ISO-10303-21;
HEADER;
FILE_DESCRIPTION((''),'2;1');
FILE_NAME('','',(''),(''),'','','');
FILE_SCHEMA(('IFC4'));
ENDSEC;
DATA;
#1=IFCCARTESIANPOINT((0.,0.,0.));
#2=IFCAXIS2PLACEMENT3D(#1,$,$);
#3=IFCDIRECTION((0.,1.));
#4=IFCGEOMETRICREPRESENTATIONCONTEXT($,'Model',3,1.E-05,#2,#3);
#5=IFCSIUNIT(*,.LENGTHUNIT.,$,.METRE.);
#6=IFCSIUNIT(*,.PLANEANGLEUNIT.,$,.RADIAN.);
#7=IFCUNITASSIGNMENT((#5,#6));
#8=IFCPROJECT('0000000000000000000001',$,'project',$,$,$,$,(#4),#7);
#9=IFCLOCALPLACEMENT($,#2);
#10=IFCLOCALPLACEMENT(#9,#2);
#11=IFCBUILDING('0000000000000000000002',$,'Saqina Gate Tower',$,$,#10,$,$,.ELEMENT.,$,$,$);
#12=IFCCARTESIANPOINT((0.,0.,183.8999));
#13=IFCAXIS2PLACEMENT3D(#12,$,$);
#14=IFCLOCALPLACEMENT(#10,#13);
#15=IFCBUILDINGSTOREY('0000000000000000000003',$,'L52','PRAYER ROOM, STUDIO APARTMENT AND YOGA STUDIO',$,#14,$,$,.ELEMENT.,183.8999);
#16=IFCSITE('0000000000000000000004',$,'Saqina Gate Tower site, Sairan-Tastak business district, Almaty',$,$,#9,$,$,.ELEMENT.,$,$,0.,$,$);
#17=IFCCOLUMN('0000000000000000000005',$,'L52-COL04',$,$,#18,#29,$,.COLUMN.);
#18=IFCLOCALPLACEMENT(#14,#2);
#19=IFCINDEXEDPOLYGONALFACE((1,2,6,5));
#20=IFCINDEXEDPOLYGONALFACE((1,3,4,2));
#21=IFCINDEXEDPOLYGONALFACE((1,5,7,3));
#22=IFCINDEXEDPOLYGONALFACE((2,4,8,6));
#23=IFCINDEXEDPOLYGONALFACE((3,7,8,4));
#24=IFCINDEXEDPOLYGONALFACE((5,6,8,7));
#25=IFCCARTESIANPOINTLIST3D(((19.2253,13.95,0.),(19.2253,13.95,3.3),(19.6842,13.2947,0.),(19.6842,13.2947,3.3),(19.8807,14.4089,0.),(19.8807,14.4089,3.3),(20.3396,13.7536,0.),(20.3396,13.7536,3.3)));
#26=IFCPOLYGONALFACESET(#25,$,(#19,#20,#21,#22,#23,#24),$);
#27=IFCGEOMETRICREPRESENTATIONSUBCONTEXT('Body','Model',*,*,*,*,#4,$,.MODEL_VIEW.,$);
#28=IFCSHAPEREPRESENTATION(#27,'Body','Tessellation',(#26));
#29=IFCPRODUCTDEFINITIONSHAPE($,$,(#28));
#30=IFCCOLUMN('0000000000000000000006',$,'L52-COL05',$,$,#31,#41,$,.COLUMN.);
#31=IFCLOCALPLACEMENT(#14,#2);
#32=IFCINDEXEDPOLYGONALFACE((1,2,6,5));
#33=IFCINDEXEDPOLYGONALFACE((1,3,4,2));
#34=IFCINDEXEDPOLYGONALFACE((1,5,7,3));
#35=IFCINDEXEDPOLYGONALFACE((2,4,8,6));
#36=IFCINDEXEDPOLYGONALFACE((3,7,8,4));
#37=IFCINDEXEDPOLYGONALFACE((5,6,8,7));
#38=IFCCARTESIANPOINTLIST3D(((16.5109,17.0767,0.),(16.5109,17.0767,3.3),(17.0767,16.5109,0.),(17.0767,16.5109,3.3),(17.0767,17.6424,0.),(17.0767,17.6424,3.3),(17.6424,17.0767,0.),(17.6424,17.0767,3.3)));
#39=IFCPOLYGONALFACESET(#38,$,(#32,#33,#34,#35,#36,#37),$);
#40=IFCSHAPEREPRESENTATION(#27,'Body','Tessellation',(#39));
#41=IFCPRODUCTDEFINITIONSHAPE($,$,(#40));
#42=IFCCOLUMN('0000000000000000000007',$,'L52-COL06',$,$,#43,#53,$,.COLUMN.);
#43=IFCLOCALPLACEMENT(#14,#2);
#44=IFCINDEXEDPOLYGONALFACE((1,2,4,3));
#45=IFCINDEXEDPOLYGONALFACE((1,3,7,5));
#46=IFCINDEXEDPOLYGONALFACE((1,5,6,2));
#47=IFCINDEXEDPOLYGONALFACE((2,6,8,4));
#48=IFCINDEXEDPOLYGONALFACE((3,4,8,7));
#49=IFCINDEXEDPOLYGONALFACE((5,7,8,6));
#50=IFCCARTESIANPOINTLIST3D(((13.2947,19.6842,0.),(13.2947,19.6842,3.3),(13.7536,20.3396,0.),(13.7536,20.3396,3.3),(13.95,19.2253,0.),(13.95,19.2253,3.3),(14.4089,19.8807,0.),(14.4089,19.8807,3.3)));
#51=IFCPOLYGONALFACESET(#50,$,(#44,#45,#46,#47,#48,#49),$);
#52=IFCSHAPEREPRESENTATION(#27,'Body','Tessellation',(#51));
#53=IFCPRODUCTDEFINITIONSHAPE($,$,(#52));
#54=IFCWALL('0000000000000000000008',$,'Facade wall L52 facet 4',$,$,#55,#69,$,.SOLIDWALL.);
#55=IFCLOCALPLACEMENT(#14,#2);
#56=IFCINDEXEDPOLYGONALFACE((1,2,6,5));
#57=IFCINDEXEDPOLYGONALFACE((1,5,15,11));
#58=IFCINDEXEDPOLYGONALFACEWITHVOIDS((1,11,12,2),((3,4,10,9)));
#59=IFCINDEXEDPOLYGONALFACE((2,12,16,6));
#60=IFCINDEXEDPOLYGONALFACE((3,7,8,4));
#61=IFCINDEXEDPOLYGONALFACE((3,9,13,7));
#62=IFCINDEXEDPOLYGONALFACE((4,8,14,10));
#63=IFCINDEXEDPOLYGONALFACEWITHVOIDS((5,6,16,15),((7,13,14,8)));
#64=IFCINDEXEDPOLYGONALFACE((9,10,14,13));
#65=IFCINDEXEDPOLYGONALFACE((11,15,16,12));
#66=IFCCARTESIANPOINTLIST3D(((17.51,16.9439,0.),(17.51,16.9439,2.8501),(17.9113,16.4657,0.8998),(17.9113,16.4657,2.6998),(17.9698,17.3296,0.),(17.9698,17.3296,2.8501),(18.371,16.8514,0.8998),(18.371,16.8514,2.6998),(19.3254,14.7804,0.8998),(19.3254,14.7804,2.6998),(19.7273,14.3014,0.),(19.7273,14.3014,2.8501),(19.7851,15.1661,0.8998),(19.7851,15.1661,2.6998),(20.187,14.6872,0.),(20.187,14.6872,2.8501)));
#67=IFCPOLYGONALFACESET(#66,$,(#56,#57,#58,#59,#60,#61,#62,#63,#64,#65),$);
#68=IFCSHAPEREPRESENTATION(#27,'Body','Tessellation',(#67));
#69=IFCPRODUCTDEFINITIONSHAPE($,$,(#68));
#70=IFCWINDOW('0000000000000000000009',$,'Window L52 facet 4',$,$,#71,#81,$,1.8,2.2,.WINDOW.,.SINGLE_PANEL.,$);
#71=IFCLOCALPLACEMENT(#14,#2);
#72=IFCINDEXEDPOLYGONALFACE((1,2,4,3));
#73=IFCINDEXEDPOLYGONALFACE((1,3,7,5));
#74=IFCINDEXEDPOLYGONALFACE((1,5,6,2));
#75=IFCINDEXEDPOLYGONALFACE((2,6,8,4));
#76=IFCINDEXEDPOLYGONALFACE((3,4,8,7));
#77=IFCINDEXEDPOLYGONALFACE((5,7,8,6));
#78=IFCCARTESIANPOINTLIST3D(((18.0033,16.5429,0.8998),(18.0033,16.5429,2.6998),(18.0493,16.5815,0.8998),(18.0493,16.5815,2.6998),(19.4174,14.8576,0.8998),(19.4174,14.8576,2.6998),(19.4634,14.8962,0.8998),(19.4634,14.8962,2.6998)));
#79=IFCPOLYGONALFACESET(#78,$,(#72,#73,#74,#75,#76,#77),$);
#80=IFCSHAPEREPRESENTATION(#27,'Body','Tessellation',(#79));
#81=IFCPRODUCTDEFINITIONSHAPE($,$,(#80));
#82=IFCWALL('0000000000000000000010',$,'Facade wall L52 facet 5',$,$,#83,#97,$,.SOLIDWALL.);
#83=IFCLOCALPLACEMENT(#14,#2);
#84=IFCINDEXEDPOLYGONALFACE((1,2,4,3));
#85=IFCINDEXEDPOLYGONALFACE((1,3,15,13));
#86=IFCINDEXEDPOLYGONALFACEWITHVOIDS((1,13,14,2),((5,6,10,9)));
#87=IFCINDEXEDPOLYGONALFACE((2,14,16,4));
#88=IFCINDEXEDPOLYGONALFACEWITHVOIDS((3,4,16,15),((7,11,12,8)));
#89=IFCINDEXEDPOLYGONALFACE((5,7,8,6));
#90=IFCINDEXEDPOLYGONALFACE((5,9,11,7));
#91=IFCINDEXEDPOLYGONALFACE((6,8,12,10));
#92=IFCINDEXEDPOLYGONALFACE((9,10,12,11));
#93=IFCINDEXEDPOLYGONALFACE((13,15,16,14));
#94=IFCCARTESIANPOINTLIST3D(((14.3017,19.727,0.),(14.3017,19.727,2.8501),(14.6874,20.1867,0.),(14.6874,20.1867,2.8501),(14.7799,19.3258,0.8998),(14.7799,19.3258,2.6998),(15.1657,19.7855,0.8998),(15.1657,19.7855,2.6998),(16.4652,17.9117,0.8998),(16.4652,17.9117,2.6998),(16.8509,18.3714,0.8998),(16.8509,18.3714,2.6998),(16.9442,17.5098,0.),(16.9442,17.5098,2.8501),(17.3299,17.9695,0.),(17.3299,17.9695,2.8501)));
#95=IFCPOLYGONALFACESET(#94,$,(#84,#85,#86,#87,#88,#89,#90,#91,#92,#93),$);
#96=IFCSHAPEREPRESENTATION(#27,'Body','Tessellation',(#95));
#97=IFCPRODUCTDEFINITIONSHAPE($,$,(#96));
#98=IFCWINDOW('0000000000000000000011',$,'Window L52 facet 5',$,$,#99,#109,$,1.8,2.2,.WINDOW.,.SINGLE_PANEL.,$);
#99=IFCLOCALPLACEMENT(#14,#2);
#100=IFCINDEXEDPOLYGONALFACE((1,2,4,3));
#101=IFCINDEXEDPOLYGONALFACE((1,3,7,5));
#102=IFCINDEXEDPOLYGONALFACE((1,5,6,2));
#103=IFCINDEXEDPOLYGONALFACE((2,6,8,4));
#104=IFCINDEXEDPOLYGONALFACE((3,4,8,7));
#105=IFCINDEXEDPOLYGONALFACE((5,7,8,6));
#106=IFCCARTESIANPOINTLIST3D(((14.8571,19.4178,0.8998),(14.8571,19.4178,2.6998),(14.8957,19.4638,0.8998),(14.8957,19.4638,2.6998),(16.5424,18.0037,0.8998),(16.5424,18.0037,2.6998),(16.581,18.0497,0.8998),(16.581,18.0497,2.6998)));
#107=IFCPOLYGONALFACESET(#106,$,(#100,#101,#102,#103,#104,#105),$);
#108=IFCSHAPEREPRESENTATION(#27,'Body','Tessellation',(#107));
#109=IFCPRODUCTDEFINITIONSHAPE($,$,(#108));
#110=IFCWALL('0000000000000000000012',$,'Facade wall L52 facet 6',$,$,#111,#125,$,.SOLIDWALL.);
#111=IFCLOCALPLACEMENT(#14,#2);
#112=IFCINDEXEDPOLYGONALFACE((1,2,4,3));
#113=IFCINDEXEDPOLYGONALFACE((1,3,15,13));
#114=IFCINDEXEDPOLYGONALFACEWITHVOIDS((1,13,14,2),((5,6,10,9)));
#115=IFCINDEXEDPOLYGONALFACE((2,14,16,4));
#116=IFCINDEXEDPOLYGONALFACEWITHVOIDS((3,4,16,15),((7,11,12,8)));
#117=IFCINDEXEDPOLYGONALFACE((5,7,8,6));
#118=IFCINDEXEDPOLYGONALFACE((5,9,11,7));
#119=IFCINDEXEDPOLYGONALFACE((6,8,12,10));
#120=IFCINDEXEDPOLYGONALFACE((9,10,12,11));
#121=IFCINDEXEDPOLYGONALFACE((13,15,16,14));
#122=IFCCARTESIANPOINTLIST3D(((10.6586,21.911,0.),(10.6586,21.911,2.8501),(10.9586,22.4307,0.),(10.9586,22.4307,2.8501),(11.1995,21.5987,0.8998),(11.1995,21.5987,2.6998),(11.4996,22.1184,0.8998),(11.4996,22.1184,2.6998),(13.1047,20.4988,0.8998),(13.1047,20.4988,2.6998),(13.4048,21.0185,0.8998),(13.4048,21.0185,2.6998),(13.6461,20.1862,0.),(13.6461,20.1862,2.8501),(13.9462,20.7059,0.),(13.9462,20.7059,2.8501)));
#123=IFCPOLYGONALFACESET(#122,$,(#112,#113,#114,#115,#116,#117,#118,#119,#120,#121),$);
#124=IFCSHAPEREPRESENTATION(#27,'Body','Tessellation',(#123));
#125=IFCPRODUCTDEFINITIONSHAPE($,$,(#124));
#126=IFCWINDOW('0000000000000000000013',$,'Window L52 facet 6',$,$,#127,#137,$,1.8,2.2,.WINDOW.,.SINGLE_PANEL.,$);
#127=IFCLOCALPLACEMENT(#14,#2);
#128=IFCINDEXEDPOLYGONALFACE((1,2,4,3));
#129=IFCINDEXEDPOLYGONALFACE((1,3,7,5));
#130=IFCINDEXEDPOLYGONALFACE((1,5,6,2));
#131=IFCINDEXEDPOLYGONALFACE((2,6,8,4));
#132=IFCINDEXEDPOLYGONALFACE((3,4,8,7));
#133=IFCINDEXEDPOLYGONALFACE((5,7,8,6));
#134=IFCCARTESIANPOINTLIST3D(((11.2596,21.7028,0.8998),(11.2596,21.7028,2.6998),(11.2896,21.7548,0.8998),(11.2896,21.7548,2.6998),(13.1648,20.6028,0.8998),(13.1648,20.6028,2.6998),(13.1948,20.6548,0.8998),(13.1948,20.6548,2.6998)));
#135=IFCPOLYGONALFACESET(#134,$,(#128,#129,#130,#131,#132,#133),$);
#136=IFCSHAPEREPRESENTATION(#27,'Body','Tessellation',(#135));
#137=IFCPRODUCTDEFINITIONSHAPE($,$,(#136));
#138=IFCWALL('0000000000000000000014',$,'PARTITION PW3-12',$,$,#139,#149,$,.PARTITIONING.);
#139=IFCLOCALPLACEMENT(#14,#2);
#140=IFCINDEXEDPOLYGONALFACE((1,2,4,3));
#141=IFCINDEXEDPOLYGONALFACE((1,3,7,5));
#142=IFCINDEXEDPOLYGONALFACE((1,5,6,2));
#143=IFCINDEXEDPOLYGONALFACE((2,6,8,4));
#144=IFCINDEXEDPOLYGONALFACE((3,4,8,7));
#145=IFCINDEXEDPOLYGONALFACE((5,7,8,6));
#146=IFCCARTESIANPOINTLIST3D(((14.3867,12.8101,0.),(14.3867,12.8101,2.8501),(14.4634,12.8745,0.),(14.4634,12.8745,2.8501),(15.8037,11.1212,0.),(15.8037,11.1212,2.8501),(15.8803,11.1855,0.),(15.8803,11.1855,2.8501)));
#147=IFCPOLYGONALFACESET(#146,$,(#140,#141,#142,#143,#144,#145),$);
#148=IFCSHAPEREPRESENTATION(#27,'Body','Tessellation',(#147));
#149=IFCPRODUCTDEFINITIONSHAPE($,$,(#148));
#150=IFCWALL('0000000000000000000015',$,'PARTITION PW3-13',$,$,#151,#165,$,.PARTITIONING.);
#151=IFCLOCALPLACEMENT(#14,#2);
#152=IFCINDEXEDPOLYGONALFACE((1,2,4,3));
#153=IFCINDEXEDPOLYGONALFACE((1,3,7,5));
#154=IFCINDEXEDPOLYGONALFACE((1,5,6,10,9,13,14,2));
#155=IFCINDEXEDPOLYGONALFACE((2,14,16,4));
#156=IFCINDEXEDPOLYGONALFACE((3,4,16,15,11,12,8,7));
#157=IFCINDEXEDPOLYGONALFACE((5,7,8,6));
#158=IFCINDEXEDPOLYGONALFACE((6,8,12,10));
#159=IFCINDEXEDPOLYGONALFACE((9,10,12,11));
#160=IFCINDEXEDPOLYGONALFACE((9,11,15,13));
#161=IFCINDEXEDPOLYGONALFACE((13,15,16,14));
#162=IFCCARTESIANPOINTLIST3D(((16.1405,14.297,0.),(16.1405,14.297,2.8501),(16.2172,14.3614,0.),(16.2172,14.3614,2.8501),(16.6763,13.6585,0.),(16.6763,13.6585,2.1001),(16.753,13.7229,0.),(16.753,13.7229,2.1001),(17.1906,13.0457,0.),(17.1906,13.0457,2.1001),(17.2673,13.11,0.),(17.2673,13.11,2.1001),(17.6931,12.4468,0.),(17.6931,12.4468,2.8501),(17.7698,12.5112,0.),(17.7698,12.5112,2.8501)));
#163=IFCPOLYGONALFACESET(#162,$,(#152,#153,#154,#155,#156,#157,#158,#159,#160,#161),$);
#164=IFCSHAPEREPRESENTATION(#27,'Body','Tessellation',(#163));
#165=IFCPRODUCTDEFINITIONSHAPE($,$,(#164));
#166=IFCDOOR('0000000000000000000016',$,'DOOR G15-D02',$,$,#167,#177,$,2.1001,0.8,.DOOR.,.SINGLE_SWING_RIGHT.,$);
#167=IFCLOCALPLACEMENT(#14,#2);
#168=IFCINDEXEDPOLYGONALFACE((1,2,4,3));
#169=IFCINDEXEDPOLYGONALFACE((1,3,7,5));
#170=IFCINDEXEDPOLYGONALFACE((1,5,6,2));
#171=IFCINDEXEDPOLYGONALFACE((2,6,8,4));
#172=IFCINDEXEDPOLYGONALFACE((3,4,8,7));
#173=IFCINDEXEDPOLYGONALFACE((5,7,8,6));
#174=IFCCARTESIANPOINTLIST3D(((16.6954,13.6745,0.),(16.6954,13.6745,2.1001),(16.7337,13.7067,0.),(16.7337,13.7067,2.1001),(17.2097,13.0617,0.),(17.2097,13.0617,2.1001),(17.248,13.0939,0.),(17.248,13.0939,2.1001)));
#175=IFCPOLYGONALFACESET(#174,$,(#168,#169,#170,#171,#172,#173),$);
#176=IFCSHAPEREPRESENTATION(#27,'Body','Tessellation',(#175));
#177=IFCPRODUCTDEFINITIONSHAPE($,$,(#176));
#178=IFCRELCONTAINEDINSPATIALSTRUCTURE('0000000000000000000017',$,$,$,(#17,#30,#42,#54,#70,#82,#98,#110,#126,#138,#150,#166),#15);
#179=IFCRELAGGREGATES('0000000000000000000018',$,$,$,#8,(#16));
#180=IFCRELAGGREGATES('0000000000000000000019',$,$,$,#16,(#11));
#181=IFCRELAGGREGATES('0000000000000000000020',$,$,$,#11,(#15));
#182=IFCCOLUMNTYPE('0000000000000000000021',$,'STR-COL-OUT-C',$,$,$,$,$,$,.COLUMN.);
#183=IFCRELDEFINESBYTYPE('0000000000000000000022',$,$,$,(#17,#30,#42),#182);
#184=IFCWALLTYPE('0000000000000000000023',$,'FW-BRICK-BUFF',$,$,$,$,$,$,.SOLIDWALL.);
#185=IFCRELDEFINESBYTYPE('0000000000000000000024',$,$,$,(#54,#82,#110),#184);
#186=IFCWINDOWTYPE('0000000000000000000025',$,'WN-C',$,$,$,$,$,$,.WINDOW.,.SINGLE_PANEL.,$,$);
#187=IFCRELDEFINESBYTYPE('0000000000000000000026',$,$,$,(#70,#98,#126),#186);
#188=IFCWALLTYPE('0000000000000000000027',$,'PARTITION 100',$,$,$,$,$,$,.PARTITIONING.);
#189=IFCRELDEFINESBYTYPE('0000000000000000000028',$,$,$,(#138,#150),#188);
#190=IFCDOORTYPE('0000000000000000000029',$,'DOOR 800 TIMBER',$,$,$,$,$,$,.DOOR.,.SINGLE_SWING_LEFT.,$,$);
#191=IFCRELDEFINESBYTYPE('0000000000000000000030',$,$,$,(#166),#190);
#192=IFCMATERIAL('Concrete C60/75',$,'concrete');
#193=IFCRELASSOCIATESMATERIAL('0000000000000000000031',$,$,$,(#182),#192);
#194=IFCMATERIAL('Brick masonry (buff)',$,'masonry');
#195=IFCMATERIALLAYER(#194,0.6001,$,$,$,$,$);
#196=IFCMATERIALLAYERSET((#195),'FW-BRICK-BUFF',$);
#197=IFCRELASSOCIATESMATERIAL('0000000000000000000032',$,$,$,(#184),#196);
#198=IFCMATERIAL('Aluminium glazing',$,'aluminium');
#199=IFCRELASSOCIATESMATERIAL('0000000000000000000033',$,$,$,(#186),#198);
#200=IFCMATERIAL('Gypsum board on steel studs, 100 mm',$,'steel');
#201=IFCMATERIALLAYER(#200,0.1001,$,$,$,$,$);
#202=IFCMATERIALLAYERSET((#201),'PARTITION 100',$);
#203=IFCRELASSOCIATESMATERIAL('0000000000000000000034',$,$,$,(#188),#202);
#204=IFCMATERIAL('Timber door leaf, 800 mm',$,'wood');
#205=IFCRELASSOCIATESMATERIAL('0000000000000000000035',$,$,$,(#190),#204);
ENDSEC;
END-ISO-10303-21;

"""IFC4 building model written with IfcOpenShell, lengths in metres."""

from ifc_helpers import new_model, si_unit, direction, frame, frame_2d, origin, origin_2d, place, context, subcontext, project, spatial, rectangle, extrude, material, layer, layer_set, material_profile, profile_set, type_object, element, fill, save


model = new_model("IFC4")

# Units and contexts
model_context = context("Model", 3, precision=1e-05, world=origin(), true_north=direction((0.0, 1.0)))
body_context = subcontext(model_context, "Body", "Model", "MODEL_VIEW")
ifc_project = project(units=[si_unit("LENGTHUNIT", "METRE"), si_unit("PLANEANGLEUNIT", "RADIAN")], contexts=[model_context])

# Site, building, storey
site_placement = place(None, origin())
site = spatial("IfcSite", under=ifc_project, at=site_placement, Name="Saqina Gate Tower site, Sairan-Tastak business district, Almaty", CompositionType="ELEMENT", RefElevation=0.0)
building_placement = place(site_placement, origin())
building = spatial("IfcBuilding", under=site, at=building_placement, Name="Saqina Gate Tower", CompositionType="ELEMENT")
storey_placement = place(building_placement, frame((0.0, 0.0, 183.8999)))
storey = spatial("IfcBuildingStorey", under=building, at=storey_placement, Name="L52", Description="PRAYER ROOM, STUDIO APARTMENT AND YOGA STUDIO", CompositionType="ELEMENT", Elevation=183.8999)

# Columns
ifc_material_1 = material(Name="Concrete C60/75", Category="concrete")
ifc_material_profile = material_profile(ifc_material_1, rectangle(XDim=0.8, YDim=0.8, at=origin_2d()), Name="RC 800x800")
ifc_profile_set = profile_set([ifc_material_profile], Name="Concrete C60/75")
column_type = type_object("IfcColumnType", Name="STR-COL-OUT-C", PredefinedType="COLUMN", material=ifc_profile_set)
for number, where, z_axis, x_axis, name in (
    (1, (19.7825, 13.8518, 0.0), (0.0, 0.0, 1.0), (0.819152, 0.573576, 0.0), "L52-COL04"),
    (2, (17.0767, 17.0767, 0.0), (0.0, 0.0, 1.0), (0.707107, 0.707107, 0.0), "L52-COL05"),
    (3, (13.8518, 19.7825, 0.0), (0.0, 0.0, 1.0), (0.573576, 0.819152, 0.0), "L52-COL06"),
):
    element("IfcColumn", number, at=place(storey_placement, frame(where, z_axis=z_axis, x_axis=x_axis)), inside=storey, type_object=column_type, Name=name, PredefinedType="COLUMN", context=body_context, shape_type="SweptSolid", body=[
        extrude(rectangle(XDim=0.8, YDim=0.8, at=origin_2d()), origin(), (0.0, 0.0, 1.0), 3.3),
    ])

# Shared definitions
ifc_material_2 = material(Name="Brick masonry (buff)", Category="masonry")
ifc_layer_1 = layer(ifc_material_2, 0.6001)
ifc_layer_set_1 = layer_set([ifc_layer_1], Name="FW-BRICK-BUFF")
wall_type_1 = type_object("IfcWallType", Name="FW-BRICK-BUFF", PredefinedType="SOLIDWALL", material=ifc_layer_set_1)

# Walls, openings, windows
wall_1_placement = place(storey_placement, frame((19.957, 14.4944, 0.0), z_axis=(0.0, 0.0, 1.0), x_axis=(-0.64277, 0.766059, 0.0)))
wall_1 = element("IfcWall", 4, at=wall_1_placement, inside=storey, type_object=wall_type_1, Name="Facade wall L52 facet 4", PredefinedType="SOLIDWALL", context=body_context, shape_type="SweptSolid", body=[
    extrude(rectangle(XDim=3.4495, YDim=0.6001, at=frame_2d((1.7246, 0.0))), origin(), (0.0, 0.0, 1.0), 2.8501),
])
opening_1_placement = place(wall_1_placement, frame((0.625, 0.0, 0.8999)))
opening_1 = element("IfcOpeningElement", 5, at=opening_1_placement, cuts=wall_1, PredefinedType="OPENING", context=body_context, shape_type="SweptSolid", body=[
    extrude(rectangle(XDim=2.2, YDim=1.8, at=frame_2d((1.1001, 0.8999))), frame((0.0, 0.312, 0.0), z_axis=(0.0, -1.0, 0.0), x_axis=(1.0, 0.0, 0.0)), (0.0, 0.0, 1.0), 0.624),
])
ifc_material_3 = material(Name="Aluminium glazing", Category="aluminium")
window_type = type_object("IfcWindowType", Name="WN-C", PartitioningType="SINGLE_PANEL", PredefinedType="WINDOW", material=ifc_material_3)
window_1_placement = place(opening_1_placement, origin())
window_1 = element("IfcWindow", 6, at=window_1_placement, inside=storey, type_object=window_type, Name="Window L52 facet 4", OverallHeight=1.8, OverallWidth=2.2, PartitioningType="SINGLE_PANEL", PredefinedType="WINDOW", context=body_context, shape_type="SweptSolid", body=[
    extrude(rectangle(XDim=2.2, YDim=1.8, at=frame_2d((1.1001, 0.8999))), frame((0.0, 0.1799, 0.0), z_axis=(0.0, -1.0, 0.0), x_axis=(1.0, 0.0, 0.0)), (0.0, 0.0, 1.0), 0.0601),
])
fill(opening_1, window_1)
wall_2_placement = place(storey_placement, frame((17.137, 17.7397, 0.0), z_axis=(0.0, 0.0, 1.0), x_axis=(-0.766059, 0.64277, 0.0)))
wall_2 = element("IfcWall", 7, at=wall_2_placement, inside=storey, type_object=wall_type_1, Name="Facade wall L52 facet 5", PredefinedType="SOLIDWALL", context=body_context, shape_type="SweptSolid", body=[
    extrude(rectangle(XDim=3.4495, YDim=0.6001, at=frame_2d((1.7246, 0.0))), origin(), (0.0, 0.0, 1.0), 2.8501),
])
opening_2_placement = place(wall_2_placement, frame((0.625, 0.0, 0.8999)))
opening_2 = element("IfcOpeningElement", 8, at=opening_2_placement, cuts=wall_2, PredefinedType="OPENING", context=body_context, shape_type="SweptSolid", body=[
    extrude(rectangle(XDim=2.2, YDim=1.8, at=frame_2d((1.1001, 0.8999))), frame((0.0, 0.312, 0.0), z_axis=(0.0, -1.0, 0.0), x_axis=(1.0, 0.0, 0.0)), (0.0, 0.0, 1.0), 0.624),
])
window_2_placement = place(opening_2_placement, origin())
window_2 = element("IfcWindow", 9, at=window_2_placement, inside=storey, type_object=window_type, Name="Window L52 facet 5", OverallHeight=1.8, OverallWidth=2.2, PartitioningType="SINGLE_PANEL", PredefinedType="WINDOW", context=body_context, shape_type="SweptSolid", body=[
    extrude(rectangle(XDim=2.2, YDim=1.8, at=frame_2d((1.1001, 0.8999))), frame((0.0, 0.1799, 0.0), z_axis=(0.0, -1.0, 0.0), x_axis=(1.0, 0.0, 0.0)), (0.0, 0.0, 1.0), 0.0601),
])
fill(opening_2, window_2)
wall_3_placement = place(storey_placement, frame((13.7961, 20.446, 0.0), z_axis=(0.0, 0.0, 1.0), x_axis=(-0.866026, 0.499998, 0.0)))
wall_3 = element("IfcWall", 10, at=wall_3_placement, inside=storey, type_object=wall_type_1, Name="Facade wall L52 facet 6", PredefinedType="SOLIDWALL", context=body_context, shape_type="SweptSolid", body=[
    extrude(rectangle(XDim=3.4497, YDim=0.6001, at=frame_2d((1.7249, 0.0))), origin(), (0.0, 0.0, 1.0), 2.8501),
])
opening_3_placement = place(wall_3_placement, frame((0.625, 0.0, 0.8999)))
opening_3 = element("IfcOpeningElement", 11, at=opening_3_placement, cuts=wall_3, PredefinedType="OPENING", context=body_context, shape_type="SweptSolid", body=[
    extrude(rectangle(XDim=2.2, YDim=1.8, at=frame_2d((1.1001, 0.8999))), frame((0.0, 0.312, 0.0), z_axis=(0.0, -1.0, 0.0), x_axis=(1.0, 0.0, 0.0)), (0.0, 0.0, 1.0), 0.624),
])
window_3_placement = place(opening_3_placement, origin())
window_3 = element("IfcWindow", 12, at=window_3_placement, inside=storey, type_object=window_type, Name="Window L52 facet 6", OverallHeight=1.8, OverallWidth=2.2, PartitioningType="SINGLE_PANEL", PredefinedType="WINDOW", context=body_context, shape_type="SweptSolid", body=[
    extrude(rectangle(XDim=2.2, YDim=1.8, at=frame_2d((1.1001, 0.8999))), frame((0.0, 0.1799, 0.0), z_axis=(0.0, -1.0, 0.0), x_axis=(1.0, 0.0, 0.0)), (0.0, 0.0, 1.0), 0.0601),
])
fill(opening_3, window_3)

# Wall
ifc_material_4 = material(Name="Gypsum board on steel studs, 100 mm", Category="steel")
ifc_layer_2 = layer(ifc_material_4, 0.1001)
ifc_layer_set_2 = layer_set([ifc_layer_2], Name="PARTITION 100")
wall_type_2 = type_object("IfcWallType", Name="PARTITION 100", PredefinedType="PARTITIONING", material=ifc_layer_set_2)
wall_4_placement = place(storey_placement, frame((14.425, 12.8423, 0.0), z_axis=(0.0, 0.0, 1.0), x_axis=(0.64273, -0.766093, 0.0)))
element("IfcWall", 13, at=wall_4_placement, inside=storey, type_object=wall_type_2, Name="PARTITION PW3-12", PredefinedType="PARTITIONING", context=body_context, shape_type="SweptSolid", body=[
    extrude(rectangle(XDim=2.2046, YDim=0.1001, at=frame_2d((1.1023, 0.0))), origin(), (0.0, 0.0, 1.0), 2.8501),
])

# Wall, opening, door
wall_5_placement = place(storey_placement, frame((16.179, 14.3291, 0.0), z_axis=(0.0, 0.0, 1.0), x_axis=(0.642806, -0.766029, 0.0)))
wall_5 = element("IfcWall", 14, at=wall_5_placement, inside=storey, type_object=wall_type_2, Name="PARTITION PW3-13", PredefinedType="PARTITIONING", context=body_context, shape_type="SweptSolid", body=[
    extrude(rectangle(XDim=2.4153, YDim=0.1001, at=frame_2d((1.2075, 0.0))), origin(), (0.0, 0.0, 1.0), 2.8501),
])
opening_4_placement = place(wall_5_placement, frame((0.8335, 0.0, 0.0)))
opening_4 = element("IfcOpeningElement", 15, at=opening_4_placement, cuts=wall_5, PredefinedType="OPENING", context=body_context, shape_type="SweptSolid", body=[
    extrude(rectangle(XDim=0.8, YDim=2.1001, at=frame_2d((0.3999, 1.05))), frame((0.0, 0.062, 0.0), z_axis=(0.0, -1.0, 0.0), x_axis=(1.0, 0.0, 0.0)), (0.0, 0.0, 1.0), 0.124),
])
ifc_material_5 = material(Name="Timber door leaf, 800 mm", Category="wood")
door_type_1 = type_object("IfcDoorType", Name="DOOR 800 TIMBER", OperationType="SINGLE_SWING_LEFT", PredefinedType="DOOR", material=ifc_material_5)
door_1_placement = place(opening_4_placement, origin())
door_1 = element("IfcDoor", 16, at=door_1_placement, inside=storey, type_object=door_type_1, Name="DOOR G15-D02", OperationType="SINGLE_SWING_RIGHT", OverallHeight=2.1001, OverallWidth=0.8, PredefinedType="DOOR", context=body_context, shape_type="SweptSolid", body=[
    extrude(rectangle(XDim=0.8, YDim=2.1001, at=frame_2d((0.3999, 1.05))), frame((0.0, 0.0249, 0.0), z_axis=(0.0, -1.0, 0.0), x_axis=(1.0, 0.0, 0.0)), (0.0, 0.0, 1.0), 0.05),
])
fill(opening_4, door_1)

save(model, "model.ifc")
